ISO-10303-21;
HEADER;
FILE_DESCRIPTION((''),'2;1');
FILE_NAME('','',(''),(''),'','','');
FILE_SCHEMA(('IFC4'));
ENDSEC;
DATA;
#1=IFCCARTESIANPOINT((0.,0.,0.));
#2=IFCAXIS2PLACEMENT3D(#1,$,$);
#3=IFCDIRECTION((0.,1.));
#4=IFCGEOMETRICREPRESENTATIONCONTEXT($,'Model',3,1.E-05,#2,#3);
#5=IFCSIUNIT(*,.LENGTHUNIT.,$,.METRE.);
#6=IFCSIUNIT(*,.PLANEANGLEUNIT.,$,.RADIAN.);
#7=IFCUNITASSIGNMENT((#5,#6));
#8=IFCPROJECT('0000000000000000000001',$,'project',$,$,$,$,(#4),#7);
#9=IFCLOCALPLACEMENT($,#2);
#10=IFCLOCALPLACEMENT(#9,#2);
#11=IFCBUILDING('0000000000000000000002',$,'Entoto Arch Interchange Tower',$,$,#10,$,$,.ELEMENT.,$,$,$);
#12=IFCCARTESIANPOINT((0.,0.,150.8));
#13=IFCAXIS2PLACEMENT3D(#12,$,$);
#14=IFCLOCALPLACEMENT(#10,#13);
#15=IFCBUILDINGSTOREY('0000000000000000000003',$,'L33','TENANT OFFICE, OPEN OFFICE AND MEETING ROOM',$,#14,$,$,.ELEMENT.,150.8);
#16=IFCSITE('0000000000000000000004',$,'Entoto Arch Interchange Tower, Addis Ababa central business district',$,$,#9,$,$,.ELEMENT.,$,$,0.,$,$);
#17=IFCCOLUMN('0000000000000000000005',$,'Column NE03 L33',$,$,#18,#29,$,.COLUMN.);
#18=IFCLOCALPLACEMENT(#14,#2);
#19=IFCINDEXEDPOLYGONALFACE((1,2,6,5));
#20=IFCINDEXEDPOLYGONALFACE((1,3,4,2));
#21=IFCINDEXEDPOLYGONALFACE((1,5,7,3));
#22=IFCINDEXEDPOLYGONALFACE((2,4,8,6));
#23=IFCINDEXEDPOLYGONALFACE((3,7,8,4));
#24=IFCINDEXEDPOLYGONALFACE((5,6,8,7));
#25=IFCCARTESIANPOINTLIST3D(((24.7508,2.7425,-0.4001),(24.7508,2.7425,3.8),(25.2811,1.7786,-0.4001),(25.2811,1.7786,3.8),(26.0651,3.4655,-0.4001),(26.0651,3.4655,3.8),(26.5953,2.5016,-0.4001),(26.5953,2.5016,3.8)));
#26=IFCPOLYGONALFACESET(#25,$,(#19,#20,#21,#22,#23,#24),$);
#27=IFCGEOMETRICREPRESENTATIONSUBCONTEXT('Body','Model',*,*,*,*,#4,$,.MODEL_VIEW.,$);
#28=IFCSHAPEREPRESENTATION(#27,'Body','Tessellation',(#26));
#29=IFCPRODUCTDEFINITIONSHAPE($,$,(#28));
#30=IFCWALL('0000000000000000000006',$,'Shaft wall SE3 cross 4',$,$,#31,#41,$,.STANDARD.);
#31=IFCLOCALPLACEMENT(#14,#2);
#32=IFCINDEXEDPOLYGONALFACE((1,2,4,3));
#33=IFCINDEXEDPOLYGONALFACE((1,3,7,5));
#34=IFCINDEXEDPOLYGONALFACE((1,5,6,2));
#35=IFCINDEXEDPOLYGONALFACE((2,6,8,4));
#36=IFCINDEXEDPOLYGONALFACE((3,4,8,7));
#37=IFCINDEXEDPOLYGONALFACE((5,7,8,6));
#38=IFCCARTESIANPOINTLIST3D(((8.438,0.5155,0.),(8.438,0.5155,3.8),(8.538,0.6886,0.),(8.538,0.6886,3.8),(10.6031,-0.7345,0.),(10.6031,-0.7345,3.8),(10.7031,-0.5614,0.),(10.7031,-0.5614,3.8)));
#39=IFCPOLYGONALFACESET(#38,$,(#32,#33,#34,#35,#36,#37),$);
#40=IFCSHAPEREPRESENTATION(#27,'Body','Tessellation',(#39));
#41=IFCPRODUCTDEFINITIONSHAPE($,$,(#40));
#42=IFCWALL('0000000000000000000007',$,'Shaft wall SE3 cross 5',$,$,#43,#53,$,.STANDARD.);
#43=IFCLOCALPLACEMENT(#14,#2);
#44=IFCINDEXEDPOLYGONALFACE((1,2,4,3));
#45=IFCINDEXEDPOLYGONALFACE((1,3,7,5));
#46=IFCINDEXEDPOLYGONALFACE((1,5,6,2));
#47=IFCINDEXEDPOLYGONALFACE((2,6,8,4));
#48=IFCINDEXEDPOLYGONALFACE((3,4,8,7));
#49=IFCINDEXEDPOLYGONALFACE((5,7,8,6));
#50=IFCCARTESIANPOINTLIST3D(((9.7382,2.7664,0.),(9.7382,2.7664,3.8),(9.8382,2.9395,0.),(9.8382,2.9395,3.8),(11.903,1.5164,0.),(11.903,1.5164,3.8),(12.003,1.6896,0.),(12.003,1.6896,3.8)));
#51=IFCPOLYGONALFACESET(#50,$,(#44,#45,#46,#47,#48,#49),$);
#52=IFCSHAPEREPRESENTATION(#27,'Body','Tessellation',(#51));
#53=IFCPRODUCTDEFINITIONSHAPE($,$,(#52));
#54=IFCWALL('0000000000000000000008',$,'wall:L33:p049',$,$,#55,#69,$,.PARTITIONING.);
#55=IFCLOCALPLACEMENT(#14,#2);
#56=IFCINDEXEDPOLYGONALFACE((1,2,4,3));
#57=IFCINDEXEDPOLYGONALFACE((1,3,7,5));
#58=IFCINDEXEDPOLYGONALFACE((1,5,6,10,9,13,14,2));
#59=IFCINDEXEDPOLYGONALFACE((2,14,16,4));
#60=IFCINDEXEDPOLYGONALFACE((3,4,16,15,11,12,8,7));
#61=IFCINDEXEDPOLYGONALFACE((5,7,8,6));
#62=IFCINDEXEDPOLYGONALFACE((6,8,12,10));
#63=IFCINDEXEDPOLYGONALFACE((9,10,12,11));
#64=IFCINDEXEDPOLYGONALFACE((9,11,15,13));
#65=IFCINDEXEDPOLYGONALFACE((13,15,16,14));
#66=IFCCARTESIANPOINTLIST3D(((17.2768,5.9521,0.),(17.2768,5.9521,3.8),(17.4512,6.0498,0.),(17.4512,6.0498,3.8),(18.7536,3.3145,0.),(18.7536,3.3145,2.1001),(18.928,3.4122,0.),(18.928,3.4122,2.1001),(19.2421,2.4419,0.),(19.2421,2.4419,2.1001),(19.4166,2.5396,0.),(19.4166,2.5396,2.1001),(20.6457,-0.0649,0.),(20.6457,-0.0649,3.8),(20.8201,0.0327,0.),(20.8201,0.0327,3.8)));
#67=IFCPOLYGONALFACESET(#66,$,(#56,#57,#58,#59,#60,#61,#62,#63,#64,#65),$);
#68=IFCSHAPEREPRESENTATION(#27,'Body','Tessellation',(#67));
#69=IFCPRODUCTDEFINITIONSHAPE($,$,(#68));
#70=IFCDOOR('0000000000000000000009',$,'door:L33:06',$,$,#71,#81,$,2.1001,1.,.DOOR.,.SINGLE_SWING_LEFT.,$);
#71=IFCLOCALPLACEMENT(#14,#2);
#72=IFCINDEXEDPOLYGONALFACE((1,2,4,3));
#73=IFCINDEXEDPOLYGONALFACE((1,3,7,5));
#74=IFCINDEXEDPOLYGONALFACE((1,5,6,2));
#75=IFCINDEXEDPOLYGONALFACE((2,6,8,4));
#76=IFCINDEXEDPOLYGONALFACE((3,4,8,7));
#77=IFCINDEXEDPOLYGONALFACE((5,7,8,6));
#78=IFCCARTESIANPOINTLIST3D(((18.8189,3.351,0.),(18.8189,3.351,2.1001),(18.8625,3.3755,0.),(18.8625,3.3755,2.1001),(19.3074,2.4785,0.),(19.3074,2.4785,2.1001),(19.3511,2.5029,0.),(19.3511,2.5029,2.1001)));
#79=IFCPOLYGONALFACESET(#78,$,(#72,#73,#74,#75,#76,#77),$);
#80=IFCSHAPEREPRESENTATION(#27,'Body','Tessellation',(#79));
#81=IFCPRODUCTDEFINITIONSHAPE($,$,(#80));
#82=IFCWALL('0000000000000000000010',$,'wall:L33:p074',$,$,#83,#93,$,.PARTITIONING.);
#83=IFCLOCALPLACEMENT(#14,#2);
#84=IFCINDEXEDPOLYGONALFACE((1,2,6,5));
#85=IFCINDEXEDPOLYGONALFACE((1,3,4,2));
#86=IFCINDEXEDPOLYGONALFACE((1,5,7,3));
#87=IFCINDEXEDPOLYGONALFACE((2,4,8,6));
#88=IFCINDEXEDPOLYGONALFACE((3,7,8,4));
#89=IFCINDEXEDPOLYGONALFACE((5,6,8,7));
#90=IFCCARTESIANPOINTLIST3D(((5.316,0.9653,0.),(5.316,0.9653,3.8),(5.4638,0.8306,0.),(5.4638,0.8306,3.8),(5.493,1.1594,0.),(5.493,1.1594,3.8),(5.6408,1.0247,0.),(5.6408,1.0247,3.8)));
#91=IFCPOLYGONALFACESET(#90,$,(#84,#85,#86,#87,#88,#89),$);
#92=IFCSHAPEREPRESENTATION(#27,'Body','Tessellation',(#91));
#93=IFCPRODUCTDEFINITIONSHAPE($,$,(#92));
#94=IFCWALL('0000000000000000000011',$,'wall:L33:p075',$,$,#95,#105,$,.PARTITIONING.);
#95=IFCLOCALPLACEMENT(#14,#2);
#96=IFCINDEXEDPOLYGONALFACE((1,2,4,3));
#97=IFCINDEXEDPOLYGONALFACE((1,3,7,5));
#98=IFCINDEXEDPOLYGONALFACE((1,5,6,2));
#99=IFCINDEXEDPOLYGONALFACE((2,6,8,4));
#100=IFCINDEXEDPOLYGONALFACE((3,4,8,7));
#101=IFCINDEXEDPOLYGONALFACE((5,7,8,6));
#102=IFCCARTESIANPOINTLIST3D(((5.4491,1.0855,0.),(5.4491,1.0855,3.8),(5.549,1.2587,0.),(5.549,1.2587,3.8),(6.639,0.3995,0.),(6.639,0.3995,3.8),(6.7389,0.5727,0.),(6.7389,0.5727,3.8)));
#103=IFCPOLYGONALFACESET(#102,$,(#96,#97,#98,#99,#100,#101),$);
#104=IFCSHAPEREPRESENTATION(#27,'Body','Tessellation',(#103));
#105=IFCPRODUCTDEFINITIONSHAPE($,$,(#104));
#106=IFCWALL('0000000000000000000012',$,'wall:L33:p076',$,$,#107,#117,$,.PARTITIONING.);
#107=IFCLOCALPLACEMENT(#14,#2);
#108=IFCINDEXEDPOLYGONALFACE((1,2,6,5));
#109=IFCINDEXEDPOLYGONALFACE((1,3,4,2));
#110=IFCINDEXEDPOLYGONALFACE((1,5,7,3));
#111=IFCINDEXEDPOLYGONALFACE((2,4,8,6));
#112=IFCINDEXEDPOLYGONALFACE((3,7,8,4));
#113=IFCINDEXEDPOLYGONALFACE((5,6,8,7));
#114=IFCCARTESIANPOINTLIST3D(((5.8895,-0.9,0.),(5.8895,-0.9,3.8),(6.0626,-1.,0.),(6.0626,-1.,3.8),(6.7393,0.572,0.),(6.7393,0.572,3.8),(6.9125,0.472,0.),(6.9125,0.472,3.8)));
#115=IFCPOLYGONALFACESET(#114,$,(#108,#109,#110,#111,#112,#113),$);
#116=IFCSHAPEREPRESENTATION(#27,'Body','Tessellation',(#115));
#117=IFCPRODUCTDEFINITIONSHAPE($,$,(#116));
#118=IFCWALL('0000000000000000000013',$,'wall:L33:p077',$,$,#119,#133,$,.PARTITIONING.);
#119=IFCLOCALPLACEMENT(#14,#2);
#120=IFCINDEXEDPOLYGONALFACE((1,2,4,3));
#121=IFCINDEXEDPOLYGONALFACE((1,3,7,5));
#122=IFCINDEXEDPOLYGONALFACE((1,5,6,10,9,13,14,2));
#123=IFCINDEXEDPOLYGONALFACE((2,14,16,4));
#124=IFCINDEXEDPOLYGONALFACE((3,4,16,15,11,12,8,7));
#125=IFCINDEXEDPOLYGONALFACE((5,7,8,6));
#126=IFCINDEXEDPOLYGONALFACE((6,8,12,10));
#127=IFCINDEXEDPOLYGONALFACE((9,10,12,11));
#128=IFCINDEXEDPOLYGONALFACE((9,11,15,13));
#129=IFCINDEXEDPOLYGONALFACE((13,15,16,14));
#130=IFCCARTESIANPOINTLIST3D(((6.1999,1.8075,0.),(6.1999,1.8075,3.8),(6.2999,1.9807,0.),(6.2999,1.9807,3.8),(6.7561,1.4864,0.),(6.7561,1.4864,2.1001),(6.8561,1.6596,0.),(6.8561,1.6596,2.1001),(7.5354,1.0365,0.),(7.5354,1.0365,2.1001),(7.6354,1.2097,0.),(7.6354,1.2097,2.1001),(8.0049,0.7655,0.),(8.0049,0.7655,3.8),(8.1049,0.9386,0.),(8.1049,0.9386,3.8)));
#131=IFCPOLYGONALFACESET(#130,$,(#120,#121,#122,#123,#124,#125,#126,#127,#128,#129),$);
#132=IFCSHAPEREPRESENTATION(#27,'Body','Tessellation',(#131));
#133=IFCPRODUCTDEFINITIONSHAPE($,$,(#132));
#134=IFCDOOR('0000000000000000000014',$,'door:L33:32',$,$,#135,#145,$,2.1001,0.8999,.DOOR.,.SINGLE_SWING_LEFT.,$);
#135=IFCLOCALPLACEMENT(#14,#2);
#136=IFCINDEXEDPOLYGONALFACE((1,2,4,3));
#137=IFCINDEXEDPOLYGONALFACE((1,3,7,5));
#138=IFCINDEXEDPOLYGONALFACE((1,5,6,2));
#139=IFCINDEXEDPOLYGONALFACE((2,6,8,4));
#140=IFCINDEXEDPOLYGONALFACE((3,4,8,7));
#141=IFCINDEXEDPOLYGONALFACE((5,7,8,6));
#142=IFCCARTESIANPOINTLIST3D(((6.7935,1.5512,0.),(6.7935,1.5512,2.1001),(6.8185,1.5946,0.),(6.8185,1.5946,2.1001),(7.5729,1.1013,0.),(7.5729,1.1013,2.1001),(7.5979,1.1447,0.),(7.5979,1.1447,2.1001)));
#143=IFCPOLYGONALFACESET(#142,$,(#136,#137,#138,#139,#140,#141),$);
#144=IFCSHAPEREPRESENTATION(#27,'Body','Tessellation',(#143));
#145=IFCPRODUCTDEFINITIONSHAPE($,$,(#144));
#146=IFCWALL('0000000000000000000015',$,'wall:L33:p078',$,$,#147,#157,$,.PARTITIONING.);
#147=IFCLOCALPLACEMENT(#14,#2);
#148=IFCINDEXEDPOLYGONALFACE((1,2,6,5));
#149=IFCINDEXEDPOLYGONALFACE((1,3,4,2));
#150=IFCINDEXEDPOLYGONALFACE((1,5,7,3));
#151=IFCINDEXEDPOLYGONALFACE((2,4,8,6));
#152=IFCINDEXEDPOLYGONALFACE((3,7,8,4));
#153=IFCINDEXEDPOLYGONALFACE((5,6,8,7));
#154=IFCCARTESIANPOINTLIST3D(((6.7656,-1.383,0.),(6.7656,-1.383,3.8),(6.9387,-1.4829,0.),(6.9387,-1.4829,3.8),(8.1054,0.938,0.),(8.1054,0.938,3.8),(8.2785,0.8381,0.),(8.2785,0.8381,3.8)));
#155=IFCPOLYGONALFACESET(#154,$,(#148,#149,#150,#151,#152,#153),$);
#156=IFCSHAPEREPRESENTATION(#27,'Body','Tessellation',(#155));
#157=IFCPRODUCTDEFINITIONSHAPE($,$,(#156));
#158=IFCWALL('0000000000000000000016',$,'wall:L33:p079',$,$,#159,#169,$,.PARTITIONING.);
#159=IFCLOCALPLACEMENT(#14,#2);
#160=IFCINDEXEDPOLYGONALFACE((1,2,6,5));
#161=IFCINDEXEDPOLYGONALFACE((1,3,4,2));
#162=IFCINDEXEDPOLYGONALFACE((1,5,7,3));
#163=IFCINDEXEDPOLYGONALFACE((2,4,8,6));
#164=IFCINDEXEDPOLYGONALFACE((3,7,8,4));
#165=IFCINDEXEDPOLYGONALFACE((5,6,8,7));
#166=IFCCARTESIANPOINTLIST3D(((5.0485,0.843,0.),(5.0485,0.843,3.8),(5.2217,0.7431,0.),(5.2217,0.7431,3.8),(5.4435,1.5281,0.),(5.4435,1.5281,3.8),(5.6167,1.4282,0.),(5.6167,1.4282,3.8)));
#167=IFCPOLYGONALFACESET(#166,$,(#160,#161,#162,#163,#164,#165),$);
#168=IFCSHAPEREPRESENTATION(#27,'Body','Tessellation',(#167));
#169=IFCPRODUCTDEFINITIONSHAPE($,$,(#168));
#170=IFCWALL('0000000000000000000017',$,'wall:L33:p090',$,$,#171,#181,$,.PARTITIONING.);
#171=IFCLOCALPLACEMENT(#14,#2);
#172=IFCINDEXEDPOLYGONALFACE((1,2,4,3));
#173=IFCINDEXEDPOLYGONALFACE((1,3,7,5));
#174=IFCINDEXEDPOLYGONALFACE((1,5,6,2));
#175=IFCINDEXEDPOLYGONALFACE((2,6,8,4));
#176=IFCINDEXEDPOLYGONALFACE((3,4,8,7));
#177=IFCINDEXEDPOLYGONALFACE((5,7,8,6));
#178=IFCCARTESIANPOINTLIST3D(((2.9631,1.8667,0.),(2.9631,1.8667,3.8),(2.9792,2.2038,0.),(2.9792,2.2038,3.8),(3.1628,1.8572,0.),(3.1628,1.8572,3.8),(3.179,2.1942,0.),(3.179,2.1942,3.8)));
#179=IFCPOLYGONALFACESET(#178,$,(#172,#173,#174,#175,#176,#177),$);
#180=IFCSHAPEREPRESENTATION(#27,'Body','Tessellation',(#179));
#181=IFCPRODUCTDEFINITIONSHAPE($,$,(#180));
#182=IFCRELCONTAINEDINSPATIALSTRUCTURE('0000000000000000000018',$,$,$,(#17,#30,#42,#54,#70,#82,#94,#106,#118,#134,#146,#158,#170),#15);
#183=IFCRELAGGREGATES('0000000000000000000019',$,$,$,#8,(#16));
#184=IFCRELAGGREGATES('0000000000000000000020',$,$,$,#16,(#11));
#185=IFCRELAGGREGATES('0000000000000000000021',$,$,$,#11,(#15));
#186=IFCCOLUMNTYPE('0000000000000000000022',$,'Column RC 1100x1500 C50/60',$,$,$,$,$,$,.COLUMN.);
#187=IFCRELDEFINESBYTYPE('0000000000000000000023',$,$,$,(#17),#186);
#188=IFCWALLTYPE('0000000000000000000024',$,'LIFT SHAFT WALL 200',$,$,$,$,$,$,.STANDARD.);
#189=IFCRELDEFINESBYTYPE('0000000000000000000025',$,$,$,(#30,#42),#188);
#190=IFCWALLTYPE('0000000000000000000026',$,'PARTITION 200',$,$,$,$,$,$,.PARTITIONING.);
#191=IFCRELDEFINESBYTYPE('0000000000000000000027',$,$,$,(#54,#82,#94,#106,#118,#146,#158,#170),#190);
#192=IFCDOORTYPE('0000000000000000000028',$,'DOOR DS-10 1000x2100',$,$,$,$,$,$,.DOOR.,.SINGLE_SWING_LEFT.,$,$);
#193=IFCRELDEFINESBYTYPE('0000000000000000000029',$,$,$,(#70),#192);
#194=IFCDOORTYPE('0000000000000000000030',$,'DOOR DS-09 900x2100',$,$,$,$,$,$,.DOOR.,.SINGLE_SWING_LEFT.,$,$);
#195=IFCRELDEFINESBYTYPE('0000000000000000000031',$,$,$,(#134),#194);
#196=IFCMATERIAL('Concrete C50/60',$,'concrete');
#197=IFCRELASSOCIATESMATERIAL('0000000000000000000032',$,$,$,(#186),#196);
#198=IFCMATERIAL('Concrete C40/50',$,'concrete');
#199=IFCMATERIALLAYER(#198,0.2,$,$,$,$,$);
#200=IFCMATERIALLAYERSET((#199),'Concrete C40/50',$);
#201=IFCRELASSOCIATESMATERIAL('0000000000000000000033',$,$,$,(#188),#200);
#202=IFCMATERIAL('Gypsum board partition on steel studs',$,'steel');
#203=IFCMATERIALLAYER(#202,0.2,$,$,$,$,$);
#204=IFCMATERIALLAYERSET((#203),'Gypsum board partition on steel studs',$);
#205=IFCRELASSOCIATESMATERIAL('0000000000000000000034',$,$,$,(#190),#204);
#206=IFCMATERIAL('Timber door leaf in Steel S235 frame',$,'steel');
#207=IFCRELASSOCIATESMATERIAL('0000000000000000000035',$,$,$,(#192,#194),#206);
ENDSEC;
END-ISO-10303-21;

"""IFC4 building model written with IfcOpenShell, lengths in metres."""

from ifc_helpers import new_model, si_unit, direction, frame, frame_2d, origin, origin_2d, place, context, subcontext, project, spatial, rectangle, extrude, material, layer, layer_set, material_profile, profile_set, type_object, element, fill, save


model = new_model("IFC4")

# Units and contexts
model_context = context("Model", 3, precision=1e-05, world=origin(), true_north=direction((0.0, 1.0)))
body_context = subcontext(model_context, "Body", "Model", "MODEL_VIEW")
ifc_project = project(units=[si_unit("LENGTHUNIT", "METRE"), si_unit("PLANEANGLEUNIT", "RADIAN")], contexts=[model_context])

# Site, building, storey
site_placement = place(None, origin())
site = spatial("IfcSite", under=ifc_project, at=site_placement, Name="Entoto Arch Interchange Tower, Addis Ababa central business district", CompositionType="ELEMENT", RefElevation=0.0)
building_placement = place(site_placement, origin())
building = spatial("IfcBuilding", under=site, at=building_placement, Name="Entoto Arch Interchange Tower", CompositionType="ELEMENT")
storey_placement = place(building_placement, frame((0.0, 0.0, 150.8)))
storey = spatial("IfcBuildingStorey", under=building, at=storey_placement, Name="L33", Description="TENANT OFFICE, OPEN OFFICE AND MEETING ROOM", CompositionType="ELEMENT", Elevation=150.8)

# Column
ifc_material_1 = material(Name="Concrete C50/60", Category="concrete")
ifc_material_profile = material_profile(ifc_material_1, rectangle(XDim=1.1001, YDim=1.5, at=origin_2d()))
ifc_profile_set = profile_set([ifc_material_profile], Name="Concrete C50/60")
column_type = type_object("IfcColumnType", Name="Column RC 1100x1500 C50/60", PredefinedType="COLUMN", material=ifc_profile_set)
column_placement = place(storey_placement, frame((25.6731, 2.6221, -0.4001), z_axis=(0.0, 0.0, 1.0), x_axis=(-0.481983, 0.876181, 0.0)))
element("IfcColumn", 1, at=column_placement, inside=storey, type_object=column_type, Name="Column NE03 L33", PredefinedType="COLUMN", context=body_context, shape_type="SweptSolid", body=[
    extrude(rectangle(XDim=1.1001, YDim=1.5, at=origin_2d()), origin(), (0.0, 0.0, 1.0), 4.2002),
])

# Walls
ifc_material_2 = material(Name="Concrete C40/50", Category="concrete")
ifc_layer_1 = layer(ifc_material_2, 0.2)
ifc_layer_set_1 = layer_set([ifc_layer_1], Name="Concrete C40/50")
wall_type_1 = type_object("IfcWallType", Name="LIFT SHAFT WALL 200", PredefinedType="STANDARD", material=ifc_layer_set_1)
wall_1_placement = place(storey_placement, frame((8.488, 0.6021, 0.0), z_axis=(0.0, 0.0, 1.0), x_axis=(0.866023, -0.500004, 0.0)))
element("IfcWall", 2, at=wall_1_placement, inside=storey, type_object=wall_type_1, Name="Shaft wall SE3 cross 4", PredefinedType="STANDARD", context=body_context, shape_type="SweptSolid", body=[
    extrude(rectangle(XDim=2.5, YDim=0.2, at=frame_2d((1.25, 0.0))), origin(), (0.0, 0.0, 1.0), 3.8),
])
wall_2_placement = place(storey_placement, frame((9.7881, 2.853, 0.0), z_axis=(0.0, 0.0, 1.0), x_axis=(0.865999, -0.500047, 0.0)))
element("IfcWall", 3, at=wall_2_placement, inside=storey, type_object=wall_type_1, Name="Shaft wall SE3 cross 5", PredefinedType="STANDARD", context=body_context, shape_type="SweptSolid", body=[
    extrude(rectangle(XDim=2.4998, YDim=0.2, at=frame_2d((1.25, 0.0))), origin(), (0.0, 0.0, 1.0), 3.8),
])

# Wall, opening, door
ifc_material_3 = material(Name="Gypsum board partition on steel studs", Category="steel")
ifc_layer_2 = layer(ifc_material_3, 0.2)
ifc_layer_set_2 = layer_set([ifc_layer_2], Name="Gypsum board partition on steel studs")
wall_type_2 = type_object("IfcWallType", Name="PARTITION 200", PredefinedType="PARTITIONING", material=ifc_layer_set_2)
wall_3_placement = place(storey_placement, frame((17.364, 6.001, 0.0), z_axis=(0.0, 0.0, 1.0), x_axis=(0.488529, -0.872548, 0.0)))
wall_3 = element("IfcWall", 4, at=wall_3_placement, inside=storey, type_object=wall_type_2, Name="wall:L33:p049", PredefinedType="PARTITIONING", context=body_context, shape_type="SweptSolid", body=[
    extrude(rectangle(XDim=6.896, YDim=0.2, at=frame_2d((3.448, 0.0))), origin(), (0.0, 0.0, 1.0), 3.8),
])
opening_1_placement = place(wall_3_placement, frame((3.0229, 0.0, 0.0)))
opening_1 = element("IfcOpeningElement", 5, at=opening_1_placement, cuts=wall_3, PredefinedType="OPENING", context=body_context, shape_type="SweptSolid", body=[
    extrude(rectangle(XDim=1.0, YDim=2.1001, at=frame_2d((0.5, 1.05))), frame((0.0, 0.1099, 0.0), z_axis=(0.0, -1.0, 0.0), x_axis=(1.0, 0.0, 0.0)), (0.0, 0.0, 1.0), 0.22),
])
ifc_material_4 = material(Name="Timber door leaf in Steel S235 frame", Category="steel")
door_type_1 = type_object("IfcDoorType", Name="DOOR DS-10 1000x2100", OperationType="SINGLE_SWING_LEFT", PredefinedType="DOOR", material=ifc_material_4)
door_1_placement = place(opening_1_placement, origin())
door_1 = element("IfcDoor", 6, at=door_1_placement, inside=storey, type_object=door_type_1, Name="door:L33:06", OperationType="SINGLE_SWING_LEFT", OverallHeight=2.1001, OverallWidth=1.0, PredefinedType="DOOR", context=body_context, shape_type="SweptSolid", body=[
    extrude(rectangle(XDim=1.0, YDim=2.1001, at=frame_2d((0.5, 1.05))), frame((0.0, 0.0249, 0.0), z_axis=(0.0, -1.0, 0.0), x_axis=(1.0, 0.0, 0.0)), (0.0, 0.0, 1.0), 0.05),
])
fill(opening_1, door_1)

# Walls
wall_4_placement = place(storey_placement, frame((5.3899, 0.8979, 0.0), z_axis=(0.0, 0.0, 1.0), x_axis=(0.673828, 0.738888, 0.0)))
element("IfcWall", 7, at=wall_4_placement, inside=storey, type_object=wall_type_2, Name="wall:L33:p074", PredefinedType="PARTITIONING", context=body_context, shape_type="SweptSolid", body=[
    extrude(rectangle(XDim=0.2627, YDim=0.2, at=frame_2d((0.1313, 0.0))), origin(), (0.0, 0.0, 1.0), 3.8),
])
wall_5_placement = place(storey_placement, frame((5.499, 1.1721, 0.0), z_axis=(0.0, 0.0, 1.0), x_axis=(0.866334, -0.499466, 0.0)))
element("IfcWall", 8, at=wall_5_placement, inside=storey, type_object=wall_type_2, Name="wall:L33:p075", PredefinedType="PARTITIONING", context=body_context, shape_type="SweptSolid", body=[
    extrude(rectangle(XDim=1.3735, YDim=0.2, at=frame_2d((0.6868, 0.0))), origin(), (0.0, 0.0, 1.0), 3.8),
])
wall_6_placement = place(storey_placement, frame((6.8259, 0.522, 0.0), z_axis=(0.0, 0.0, 1.0), x_axis=(-0.500017, -0.866016, 0.0)))
element("IfcWall", 9, at=wall_6_placement, inside=storey, type_object=wall_type_2, Name="wall:L33:p076", PredefinedType="PARTITIONING", context=body_context, shape_type="SweptSolid", body=[
    extrude(rectangle(XDim=1.6997, YDim=0.2, at=frame_2d((0.8499, 0.0))), origin(), (0.0, 0.0, 1.0), 3.8),
])

# Wall, opening, door
wall_7_placement = place(storey_placement, frame((6.25, 1.894, 0.0), z_axis=(0.0, 0.0, 1.0), x_axis=(0.866043, -0.499969, 0.0)))
wall_7 = element("IfcWall", 10, at=wall_7_placement, inside=storey, type_object=wall_type_2, Name="wall:L33:p077", PredefinedType="PARTITIONING", context=body_context, shape_type="SweptSolid", body=[
    extrude(rectangle(XDim=2.0842, YDim=0.2, at=frame_2d((1.042, 0.0))), origin(), (0.0, 0.0, 1.0), 3.8),
])
opening_2_placement = place(wall_7_placement, frame((0.6421, 0.0, 0.0)))
opening_2 = element("IfcOpeningElement", 11, at=opening_2_placement, cuts=wall_7, PredefinedType="OPENING", context=body_context, shape_type="SweptSolid", body=[
    extrude(rectangle(XDim=0.8999, YDim=2.1001, at=frame_2d((0.45, 1.05))), frame((0.0, 0.1099, 0.0), z_axis=(0.0, -1.0, 0.0), x_axis=(1.0, 0.0, 0.0)), (0.0, 0.0, 1.0), 0.22),
])
door_type_2 = type_object("IfcDoorType", Name="DOOR DS-09 900x2100", OperationType="SINGLE_SWING_LEFT", PredefinedType="DOOR", material=ifc_material_4)
door_2_placement = place(opening_2_placement, origin())
door_2 = element("IfcDoor", 12, at=door_2_placement, inside=storey, type_object=door_type_2, Name="door:L33:32", OperationType="SINGLE_SWING_LEFT", OverallHeight=2.1001, OverallWidth=0.8999, PredefinedType="DOOR", context=body_context, shape_type="SweptSolid", body=[
    extrude(rectangle(XDim=0.8999, YDim=2.1001, at=frame_2d((0.45, 1.05))), frame((0.0, 0.0249, 0.0), z_axis=(0.0, -1.0, 0.0), x_axis=(1.0, 0.0, 0.0)), (0.0, 0.0, 1.0), 0.05),
])
fill(opening_2, door_2)

# Walls
wall_8_placement = place(storey_placement, frame((8.1919, 0.8879, 0.0), z_axis=(0.0, 0.0, 1.0), x_axis=(-0.499941, -0.86606, 0.0)))
element("IfcWall", 13, at=wall_8_placement, inside=storey, type_object=wall_type_2, Name="wall:L33:p078", PredefinedType="PARTITIONING", context=body_context, shape_type="SweptSolid", body=[
    extrude(rectangle(XDim=2.6799, YDim=0.2, at=frame_2d((1.3398, 0.0))), origin(), (0.0, 0.0, 1.0), 3.8),
])
wall_9_placement = place(storey_placement, frame((5.135, 0.793, 0.0), z_axis=(0.0, 0.0, 1.0), x_axis=(0.499526, 0.866299, 0.0)))
element("IfcWall", 14, at=wall_9_placement, inside=storey, type_object=wall_type_2, Name="wall:L33:p079", PredefinedType="PARTITIONING", context=body_context, shape_type="SweptSolid", body=[
    extrude(rectangle(XDim=0.7908, YDim=0.2, at=frame_2d((0.3955, 0.0))), origin(), (0.0, 0.0, 1.0), 3.8),
])
wall_10_placement = place(storey_placement, frame((3.0791, 2.199, 0.0), z_axis=(0.0, 0.0, 1.0), x_axis=(-0.047771, -0.998858, 0.0)))
element("IfcWall", 15, at=wall_10_placement, inside=storey, type_object=wall_type_2, Name="wall:L33:p090", PredefinedType="PARTITIONING", context=body_context, shape_type="SweptSolid", body=[
    extrude(rectangle(XDim=0.3374, YDim=0.2, at=frame_2d((0.1687, 0.0))), origin(), (0.0, 0.0, 1.0), 3.8),
])

save(model, "model.ifc")
